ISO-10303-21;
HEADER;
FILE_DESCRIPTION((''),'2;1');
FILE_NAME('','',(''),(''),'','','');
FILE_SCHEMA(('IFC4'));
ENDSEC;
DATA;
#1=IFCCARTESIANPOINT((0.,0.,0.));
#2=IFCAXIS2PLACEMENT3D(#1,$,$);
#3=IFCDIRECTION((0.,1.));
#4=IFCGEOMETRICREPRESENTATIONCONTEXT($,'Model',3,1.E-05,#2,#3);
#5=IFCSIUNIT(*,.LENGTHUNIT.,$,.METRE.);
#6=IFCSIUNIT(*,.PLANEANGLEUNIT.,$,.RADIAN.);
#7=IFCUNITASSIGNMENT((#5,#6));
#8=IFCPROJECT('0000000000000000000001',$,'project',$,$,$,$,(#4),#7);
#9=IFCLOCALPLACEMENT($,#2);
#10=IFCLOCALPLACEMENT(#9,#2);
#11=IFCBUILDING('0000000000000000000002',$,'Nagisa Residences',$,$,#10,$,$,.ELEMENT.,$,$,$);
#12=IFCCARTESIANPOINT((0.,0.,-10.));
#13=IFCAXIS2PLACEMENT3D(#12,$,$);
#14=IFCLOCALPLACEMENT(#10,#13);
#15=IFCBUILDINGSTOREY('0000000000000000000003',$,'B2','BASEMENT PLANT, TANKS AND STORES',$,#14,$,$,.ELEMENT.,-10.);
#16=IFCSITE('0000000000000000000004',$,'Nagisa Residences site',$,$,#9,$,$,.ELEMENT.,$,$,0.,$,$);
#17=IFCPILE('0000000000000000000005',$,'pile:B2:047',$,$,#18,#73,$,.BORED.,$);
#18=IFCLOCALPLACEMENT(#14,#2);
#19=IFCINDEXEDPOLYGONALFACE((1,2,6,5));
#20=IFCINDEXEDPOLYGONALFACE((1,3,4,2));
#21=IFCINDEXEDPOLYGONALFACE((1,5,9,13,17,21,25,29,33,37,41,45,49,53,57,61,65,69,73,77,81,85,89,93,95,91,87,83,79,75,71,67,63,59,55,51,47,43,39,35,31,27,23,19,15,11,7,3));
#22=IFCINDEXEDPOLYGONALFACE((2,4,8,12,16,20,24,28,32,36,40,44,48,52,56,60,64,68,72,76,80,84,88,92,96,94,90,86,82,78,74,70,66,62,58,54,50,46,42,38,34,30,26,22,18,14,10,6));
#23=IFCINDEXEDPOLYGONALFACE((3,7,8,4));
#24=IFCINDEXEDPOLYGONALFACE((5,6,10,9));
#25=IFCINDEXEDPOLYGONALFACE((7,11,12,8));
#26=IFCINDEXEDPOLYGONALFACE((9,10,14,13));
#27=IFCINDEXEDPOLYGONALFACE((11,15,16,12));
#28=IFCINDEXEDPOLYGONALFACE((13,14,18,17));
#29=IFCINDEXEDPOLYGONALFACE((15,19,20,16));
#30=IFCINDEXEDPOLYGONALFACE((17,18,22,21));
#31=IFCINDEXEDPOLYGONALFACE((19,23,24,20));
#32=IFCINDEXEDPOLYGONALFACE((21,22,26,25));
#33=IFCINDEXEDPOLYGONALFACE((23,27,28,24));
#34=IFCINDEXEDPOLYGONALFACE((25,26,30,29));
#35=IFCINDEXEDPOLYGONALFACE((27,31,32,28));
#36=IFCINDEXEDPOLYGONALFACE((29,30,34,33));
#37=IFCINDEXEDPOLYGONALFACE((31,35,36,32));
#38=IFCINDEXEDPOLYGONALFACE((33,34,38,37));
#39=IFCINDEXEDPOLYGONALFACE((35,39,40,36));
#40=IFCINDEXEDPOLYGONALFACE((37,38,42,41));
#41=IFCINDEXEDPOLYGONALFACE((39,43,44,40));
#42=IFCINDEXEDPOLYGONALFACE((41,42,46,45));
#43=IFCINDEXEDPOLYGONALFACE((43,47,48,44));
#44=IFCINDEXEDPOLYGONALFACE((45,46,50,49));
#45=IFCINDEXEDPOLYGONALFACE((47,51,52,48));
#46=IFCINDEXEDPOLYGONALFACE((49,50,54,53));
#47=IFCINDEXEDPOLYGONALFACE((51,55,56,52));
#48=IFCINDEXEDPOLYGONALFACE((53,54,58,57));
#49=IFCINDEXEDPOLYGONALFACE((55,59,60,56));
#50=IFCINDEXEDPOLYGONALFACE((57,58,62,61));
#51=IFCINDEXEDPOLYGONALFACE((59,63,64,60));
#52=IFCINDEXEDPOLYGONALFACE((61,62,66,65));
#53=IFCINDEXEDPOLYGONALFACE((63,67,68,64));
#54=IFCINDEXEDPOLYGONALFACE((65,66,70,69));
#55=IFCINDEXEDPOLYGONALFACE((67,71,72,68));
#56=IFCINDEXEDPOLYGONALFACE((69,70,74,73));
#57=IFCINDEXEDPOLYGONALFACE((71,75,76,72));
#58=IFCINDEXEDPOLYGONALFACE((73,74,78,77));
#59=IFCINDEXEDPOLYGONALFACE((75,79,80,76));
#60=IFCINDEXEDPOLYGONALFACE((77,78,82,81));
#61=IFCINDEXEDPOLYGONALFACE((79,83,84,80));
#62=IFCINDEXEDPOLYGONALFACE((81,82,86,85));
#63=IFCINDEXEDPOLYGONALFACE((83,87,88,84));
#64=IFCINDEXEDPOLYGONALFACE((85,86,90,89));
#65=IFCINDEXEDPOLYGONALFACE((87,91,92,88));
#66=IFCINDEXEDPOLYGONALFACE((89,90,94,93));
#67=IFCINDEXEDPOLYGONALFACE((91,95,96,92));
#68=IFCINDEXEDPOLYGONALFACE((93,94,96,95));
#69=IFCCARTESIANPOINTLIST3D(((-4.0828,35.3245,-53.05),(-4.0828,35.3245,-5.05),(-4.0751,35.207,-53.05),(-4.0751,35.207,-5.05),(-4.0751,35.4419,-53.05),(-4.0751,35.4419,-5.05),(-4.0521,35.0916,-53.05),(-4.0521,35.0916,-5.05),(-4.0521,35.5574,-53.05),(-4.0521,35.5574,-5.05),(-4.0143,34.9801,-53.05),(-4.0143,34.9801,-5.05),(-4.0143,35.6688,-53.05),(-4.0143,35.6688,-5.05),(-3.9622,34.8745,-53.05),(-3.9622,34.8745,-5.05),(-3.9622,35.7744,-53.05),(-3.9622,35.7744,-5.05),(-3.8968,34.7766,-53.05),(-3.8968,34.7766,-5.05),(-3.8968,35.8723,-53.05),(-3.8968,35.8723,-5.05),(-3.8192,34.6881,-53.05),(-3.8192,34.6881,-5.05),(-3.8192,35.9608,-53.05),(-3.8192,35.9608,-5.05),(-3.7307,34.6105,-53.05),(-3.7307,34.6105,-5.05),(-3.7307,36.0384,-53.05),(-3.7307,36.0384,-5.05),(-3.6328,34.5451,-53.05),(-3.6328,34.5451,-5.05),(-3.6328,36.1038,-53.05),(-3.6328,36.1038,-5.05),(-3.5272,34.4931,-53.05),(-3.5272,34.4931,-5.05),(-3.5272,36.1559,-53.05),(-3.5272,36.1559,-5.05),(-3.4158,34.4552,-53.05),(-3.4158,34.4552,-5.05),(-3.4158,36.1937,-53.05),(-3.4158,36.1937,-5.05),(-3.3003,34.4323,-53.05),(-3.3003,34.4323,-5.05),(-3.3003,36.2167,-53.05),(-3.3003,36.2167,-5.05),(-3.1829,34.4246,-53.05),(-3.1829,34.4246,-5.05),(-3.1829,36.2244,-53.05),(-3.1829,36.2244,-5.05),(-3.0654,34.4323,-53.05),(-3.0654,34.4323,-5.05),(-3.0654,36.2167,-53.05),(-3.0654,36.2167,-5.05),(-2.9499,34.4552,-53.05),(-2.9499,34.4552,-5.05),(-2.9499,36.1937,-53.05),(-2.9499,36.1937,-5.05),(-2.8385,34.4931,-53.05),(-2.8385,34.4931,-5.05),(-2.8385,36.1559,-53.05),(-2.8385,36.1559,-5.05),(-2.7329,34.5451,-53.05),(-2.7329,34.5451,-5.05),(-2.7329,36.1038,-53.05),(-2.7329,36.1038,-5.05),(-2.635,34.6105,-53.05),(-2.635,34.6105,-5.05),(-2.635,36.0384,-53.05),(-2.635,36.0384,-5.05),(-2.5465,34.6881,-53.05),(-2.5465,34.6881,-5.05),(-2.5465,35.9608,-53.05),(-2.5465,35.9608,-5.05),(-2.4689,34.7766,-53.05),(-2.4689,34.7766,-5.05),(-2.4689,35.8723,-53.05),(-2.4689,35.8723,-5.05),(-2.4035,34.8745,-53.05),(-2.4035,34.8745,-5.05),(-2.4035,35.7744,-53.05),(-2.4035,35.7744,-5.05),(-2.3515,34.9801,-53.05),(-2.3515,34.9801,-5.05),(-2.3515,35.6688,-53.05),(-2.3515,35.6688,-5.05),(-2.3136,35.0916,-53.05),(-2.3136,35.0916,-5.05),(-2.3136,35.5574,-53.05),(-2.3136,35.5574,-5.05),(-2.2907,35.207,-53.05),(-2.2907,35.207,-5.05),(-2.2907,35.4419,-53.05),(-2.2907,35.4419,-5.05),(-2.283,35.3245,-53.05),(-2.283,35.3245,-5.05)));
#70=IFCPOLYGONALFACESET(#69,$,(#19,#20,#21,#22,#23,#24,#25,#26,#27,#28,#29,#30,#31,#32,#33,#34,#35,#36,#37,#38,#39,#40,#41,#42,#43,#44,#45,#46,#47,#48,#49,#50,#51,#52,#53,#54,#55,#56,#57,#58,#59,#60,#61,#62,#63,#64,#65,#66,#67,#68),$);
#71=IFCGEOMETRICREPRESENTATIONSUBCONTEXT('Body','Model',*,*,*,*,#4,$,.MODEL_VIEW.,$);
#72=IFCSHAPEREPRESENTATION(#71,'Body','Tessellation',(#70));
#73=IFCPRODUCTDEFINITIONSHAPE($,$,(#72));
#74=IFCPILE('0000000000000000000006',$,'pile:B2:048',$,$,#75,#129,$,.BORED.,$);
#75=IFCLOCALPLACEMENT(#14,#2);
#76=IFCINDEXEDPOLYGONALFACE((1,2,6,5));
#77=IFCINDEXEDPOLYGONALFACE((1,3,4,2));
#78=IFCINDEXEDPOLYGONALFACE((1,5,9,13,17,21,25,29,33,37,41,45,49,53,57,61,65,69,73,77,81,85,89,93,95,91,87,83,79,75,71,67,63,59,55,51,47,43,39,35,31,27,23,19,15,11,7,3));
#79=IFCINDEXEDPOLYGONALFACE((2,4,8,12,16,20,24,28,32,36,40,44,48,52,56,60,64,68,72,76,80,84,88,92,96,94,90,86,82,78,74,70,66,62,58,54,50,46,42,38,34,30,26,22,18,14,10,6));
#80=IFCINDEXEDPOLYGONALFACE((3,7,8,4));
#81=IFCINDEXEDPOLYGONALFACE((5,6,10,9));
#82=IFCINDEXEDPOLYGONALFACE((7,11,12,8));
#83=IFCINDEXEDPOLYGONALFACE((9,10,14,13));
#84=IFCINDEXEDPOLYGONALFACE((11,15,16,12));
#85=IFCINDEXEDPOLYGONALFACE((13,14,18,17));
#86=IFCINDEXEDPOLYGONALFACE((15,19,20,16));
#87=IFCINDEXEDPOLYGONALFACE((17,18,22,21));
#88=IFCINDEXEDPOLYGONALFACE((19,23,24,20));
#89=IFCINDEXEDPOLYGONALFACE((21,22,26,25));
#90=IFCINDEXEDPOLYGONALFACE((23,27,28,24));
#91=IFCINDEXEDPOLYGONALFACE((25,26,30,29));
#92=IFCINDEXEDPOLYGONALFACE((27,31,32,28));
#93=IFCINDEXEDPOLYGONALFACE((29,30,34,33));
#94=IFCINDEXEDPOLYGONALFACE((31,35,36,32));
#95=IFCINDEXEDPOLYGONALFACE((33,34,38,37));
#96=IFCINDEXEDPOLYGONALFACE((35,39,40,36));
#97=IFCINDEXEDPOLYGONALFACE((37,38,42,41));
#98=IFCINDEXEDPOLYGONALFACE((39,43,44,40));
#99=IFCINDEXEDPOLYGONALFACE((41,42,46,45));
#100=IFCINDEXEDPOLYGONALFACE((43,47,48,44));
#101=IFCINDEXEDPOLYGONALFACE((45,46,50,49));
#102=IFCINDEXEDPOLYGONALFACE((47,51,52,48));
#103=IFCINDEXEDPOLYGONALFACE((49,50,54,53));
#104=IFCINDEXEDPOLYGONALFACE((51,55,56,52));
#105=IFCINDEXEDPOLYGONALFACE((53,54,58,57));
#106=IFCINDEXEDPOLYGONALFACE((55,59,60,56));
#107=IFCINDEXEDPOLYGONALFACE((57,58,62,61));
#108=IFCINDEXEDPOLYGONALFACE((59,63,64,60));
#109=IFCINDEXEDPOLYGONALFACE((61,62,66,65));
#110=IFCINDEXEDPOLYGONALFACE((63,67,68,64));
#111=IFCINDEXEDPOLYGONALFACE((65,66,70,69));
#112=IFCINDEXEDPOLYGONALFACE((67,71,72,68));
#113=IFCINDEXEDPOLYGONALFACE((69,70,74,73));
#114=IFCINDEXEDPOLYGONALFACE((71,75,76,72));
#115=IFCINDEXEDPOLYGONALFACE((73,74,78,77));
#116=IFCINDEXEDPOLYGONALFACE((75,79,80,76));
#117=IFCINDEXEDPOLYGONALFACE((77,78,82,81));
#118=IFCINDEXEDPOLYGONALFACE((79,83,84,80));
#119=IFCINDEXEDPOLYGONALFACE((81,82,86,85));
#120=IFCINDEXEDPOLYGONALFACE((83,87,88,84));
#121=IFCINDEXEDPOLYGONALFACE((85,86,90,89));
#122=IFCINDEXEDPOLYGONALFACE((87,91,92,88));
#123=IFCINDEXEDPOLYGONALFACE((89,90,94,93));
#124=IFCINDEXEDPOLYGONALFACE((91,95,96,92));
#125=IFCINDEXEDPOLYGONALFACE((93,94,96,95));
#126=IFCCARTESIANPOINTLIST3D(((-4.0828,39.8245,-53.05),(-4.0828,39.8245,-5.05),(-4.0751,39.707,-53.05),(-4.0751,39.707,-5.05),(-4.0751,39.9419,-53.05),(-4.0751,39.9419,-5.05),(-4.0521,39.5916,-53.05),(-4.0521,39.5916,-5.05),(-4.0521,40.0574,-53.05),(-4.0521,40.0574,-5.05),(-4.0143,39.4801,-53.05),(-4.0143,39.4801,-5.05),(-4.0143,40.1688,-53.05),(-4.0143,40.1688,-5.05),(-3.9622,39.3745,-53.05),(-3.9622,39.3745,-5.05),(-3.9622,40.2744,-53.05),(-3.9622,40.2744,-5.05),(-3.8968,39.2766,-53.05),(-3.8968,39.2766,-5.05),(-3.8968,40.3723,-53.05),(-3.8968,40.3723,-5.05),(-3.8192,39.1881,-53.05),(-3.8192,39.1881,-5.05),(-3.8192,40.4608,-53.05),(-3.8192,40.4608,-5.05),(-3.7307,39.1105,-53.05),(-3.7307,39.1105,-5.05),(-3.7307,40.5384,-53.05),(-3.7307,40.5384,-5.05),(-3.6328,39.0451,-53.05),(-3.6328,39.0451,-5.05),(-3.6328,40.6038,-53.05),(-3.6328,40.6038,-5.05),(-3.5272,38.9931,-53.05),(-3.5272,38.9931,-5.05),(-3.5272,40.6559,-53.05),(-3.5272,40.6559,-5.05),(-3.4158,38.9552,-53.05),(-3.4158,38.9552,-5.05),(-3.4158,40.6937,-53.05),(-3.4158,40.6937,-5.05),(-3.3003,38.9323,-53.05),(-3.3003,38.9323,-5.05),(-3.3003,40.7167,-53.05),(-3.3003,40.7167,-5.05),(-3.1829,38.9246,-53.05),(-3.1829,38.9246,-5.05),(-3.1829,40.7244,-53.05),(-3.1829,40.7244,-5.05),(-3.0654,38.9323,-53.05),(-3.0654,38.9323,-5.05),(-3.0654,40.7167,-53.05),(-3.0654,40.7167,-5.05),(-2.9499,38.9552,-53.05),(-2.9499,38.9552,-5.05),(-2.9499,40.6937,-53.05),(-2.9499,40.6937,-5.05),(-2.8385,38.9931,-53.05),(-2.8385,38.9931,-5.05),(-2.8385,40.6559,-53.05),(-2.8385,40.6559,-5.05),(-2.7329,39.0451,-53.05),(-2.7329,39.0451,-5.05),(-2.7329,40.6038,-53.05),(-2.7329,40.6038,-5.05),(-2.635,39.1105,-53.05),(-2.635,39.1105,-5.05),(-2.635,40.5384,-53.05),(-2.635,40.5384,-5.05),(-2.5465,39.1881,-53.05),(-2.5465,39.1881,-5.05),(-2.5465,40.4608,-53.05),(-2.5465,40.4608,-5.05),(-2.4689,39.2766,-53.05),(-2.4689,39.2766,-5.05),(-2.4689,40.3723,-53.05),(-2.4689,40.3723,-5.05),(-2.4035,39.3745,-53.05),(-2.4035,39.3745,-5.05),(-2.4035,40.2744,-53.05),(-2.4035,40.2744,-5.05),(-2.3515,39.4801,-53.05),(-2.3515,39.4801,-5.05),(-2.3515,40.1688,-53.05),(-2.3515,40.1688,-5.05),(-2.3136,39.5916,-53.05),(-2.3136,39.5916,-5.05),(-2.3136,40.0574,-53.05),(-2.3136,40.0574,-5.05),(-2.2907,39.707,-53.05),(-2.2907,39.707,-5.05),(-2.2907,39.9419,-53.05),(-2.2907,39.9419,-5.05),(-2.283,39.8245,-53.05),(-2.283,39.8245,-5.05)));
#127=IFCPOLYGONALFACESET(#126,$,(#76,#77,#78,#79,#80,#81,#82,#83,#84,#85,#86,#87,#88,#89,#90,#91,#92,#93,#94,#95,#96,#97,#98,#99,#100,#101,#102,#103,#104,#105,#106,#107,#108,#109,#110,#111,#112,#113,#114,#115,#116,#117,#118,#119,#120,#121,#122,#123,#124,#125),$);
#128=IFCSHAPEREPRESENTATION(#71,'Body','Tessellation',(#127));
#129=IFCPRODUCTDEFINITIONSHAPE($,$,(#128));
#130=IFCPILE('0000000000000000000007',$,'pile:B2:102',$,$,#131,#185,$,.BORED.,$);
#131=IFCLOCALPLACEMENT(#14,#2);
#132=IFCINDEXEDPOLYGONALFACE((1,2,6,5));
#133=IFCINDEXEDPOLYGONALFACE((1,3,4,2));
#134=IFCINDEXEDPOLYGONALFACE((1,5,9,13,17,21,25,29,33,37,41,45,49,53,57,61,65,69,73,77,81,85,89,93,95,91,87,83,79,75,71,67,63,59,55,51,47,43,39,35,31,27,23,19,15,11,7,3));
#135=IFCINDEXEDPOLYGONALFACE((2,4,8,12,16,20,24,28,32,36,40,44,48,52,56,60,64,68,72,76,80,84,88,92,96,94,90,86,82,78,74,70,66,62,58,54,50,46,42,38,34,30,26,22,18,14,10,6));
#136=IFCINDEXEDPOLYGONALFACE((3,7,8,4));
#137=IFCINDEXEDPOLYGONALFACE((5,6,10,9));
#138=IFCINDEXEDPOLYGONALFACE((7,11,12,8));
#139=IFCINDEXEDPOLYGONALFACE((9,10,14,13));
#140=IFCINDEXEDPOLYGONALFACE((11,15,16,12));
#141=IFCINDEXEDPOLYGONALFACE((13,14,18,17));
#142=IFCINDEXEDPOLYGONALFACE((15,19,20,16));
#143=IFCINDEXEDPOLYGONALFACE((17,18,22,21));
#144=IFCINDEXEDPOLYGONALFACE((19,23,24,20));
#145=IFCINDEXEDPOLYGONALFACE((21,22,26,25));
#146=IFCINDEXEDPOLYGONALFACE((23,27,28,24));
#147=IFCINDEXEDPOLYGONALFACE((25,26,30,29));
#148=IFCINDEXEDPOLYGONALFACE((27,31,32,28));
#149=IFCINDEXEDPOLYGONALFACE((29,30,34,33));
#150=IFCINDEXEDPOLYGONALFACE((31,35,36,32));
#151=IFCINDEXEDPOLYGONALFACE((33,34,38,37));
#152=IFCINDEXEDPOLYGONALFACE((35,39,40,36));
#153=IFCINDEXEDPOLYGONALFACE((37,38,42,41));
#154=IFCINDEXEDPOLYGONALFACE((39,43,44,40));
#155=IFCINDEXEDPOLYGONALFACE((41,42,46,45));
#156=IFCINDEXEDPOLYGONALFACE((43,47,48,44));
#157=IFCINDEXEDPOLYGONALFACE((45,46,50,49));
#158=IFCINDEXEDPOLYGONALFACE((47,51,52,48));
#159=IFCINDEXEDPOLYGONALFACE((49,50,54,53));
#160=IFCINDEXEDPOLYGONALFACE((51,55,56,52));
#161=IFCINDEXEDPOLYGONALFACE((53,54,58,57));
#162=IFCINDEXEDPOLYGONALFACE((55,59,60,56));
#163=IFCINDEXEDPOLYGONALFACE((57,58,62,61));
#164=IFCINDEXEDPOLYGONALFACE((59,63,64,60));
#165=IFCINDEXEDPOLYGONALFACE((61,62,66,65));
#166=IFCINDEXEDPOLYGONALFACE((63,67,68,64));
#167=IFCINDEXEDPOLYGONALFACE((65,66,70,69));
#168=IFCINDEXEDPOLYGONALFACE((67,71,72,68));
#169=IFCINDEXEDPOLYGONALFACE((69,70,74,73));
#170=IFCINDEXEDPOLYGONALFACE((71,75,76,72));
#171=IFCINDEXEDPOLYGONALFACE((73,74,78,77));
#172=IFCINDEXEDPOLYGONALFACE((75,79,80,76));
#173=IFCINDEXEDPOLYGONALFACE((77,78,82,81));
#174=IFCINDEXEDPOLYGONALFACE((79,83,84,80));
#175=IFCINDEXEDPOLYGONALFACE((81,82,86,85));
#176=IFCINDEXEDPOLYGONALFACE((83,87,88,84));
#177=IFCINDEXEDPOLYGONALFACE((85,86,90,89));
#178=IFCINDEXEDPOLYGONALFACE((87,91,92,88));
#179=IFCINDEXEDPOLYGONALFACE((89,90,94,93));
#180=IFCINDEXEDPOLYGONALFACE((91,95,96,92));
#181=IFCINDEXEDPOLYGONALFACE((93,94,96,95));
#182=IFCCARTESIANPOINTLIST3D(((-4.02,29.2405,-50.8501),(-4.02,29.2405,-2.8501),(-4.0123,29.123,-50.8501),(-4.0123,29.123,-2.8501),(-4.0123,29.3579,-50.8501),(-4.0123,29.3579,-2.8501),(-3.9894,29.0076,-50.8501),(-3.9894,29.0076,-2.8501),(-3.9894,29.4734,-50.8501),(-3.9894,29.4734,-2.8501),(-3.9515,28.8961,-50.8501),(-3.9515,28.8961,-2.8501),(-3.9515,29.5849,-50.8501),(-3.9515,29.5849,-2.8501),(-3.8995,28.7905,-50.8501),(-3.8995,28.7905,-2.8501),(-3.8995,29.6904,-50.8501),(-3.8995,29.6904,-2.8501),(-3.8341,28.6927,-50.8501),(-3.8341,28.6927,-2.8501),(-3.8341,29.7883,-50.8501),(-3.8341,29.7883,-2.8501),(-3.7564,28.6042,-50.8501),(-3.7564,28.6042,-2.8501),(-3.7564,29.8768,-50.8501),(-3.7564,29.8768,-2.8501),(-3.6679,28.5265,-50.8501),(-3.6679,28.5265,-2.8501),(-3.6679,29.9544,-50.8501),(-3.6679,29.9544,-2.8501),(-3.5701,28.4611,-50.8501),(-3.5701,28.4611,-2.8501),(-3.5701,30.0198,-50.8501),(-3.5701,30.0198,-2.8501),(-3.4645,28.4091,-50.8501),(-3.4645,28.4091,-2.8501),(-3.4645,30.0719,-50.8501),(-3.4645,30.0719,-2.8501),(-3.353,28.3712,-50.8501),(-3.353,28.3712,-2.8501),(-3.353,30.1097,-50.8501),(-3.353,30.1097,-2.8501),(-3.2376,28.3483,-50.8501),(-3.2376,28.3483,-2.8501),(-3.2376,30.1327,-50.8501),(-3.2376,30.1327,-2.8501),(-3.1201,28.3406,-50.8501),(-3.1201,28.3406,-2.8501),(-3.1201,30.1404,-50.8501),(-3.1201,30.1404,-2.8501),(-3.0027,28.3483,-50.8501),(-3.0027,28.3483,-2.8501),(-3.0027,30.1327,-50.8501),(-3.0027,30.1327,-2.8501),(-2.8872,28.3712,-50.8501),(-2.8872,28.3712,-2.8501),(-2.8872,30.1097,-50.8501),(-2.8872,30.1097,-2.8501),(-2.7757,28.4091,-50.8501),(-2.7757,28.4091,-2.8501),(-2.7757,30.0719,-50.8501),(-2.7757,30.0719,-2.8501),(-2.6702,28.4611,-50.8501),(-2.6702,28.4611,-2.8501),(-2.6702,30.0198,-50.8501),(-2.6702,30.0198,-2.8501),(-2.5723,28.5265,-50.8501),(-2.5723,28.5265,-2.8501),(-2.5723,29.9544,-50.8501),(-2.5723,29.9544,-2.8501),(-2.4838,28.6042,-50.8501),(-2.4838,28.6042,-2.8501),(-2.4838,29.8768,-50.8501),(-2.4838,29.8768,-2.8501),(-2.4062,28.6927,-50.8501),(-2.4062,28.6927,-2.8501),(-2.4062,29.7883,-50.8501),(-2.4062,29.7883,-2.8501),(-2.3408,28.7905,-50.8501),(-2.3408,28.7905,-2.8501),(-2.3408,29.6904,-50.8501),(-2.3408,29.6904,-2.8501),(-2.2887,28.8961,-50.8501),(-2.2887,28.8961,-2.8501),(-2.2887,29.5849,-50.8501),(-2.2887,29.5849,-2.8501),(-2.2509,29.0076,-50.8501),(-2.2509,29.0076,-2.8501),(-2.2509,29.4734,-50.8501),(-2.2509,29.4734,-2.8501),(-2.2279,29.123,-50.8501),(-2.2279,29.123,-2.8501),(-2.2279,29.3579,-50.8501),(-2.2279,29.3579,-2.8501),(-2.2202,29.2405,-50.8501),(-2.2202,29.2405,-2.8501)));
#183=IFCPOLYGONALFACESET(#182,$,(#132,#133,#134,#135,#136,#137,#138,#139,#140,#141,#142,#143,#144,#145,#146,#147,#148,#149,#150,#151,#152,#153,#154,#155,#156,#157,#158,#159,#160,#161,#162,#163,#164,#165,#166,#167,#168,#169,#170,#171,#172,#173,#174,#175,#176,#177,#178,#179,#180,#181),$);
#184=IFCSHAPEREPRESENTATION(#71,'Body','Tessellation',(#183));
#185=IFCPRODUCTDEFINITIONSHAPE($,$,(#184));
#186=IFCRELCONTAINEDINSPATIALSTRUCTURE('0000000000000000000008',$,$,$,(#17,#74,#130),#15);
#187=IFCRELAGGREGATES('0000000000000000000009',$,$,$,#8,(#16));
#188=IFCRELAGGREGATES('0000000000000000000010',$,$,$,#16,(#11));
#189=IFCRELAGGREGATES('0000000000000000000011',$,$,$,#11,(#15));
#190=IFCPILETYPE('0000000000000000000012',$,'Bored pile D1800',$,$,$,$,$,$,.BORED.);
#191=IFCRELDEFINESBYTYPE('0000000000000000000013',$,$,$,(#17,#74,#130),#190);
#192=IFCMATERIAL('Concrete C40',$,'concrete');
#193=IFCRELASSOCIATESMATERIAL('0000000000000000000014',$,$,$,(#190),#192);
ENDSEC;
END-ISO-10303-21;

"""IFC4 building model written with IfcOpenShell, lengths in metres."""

from ifc_helpers import new_model, si_unit, direction, frame, origin, origin_2d, place, context, subcontext, project, spatial, circle, extrude, material, material_profile, profile_set, type_object, element, save


model = new_model("IFC4")

# Units and contexts
model_context = context("Model", 3, precision=1e-05, world=origin(), true_north=direction((0.0, 1.0)))
body_context = subcontext(model_context, "Body", "Model", "MODEL_VIEW")
ifc_project = project(units=[si_unit("LENGTHUNIT", "METRE"), si_unit("PLANEANGLEUNIT", "RADIAN")], contexts=[model_context])

# Site, building, storey
site_placement = place(None, origin())
site = spatial("IfcSite", under=ifc_project, at=site_placement, Name="Nagisa Residences site", CompositionType="ELEMENT", RefElevation=0.0)
building_placement = place(site_placement, origin())
building = spatial("IfcBuilding", under=site, at=building_placement, Name="Nagisa Residences", CompositionType="ELEMENT")
storey_placement = place(building_placement, frame((0.0, 0.0, -10.0)))
storey = spatial("IfcBuildingStorey", under=building, at=storey_placement, Name="B2", Description="BASEMENT PLANT, TANKS AND STORES", CompositionType="ELEMENT", Elevation=-10.0)

# Piles
ifc_material_1 = material(Name="Concrete C40", Category="concrete")
ifc_material_profile_1 = material_profile(ifc_material_1, circle(Radius=0.8999, at=origin_2d()), Name="Bored pile D1800")
ifc_profile_set_1 = profile_set([ifc_material_profile_1], Name="Concrete C40")
pile_type = type_object("IfcPileType", Name="Bored pile D1800", PredefinedType="BORED", material=ifc_profile_set_1)
for number, where, z_axis, x_axis, name in (
    (1, (-3.1829, 35.3245, -5.05), (0.0, 0.0, -1.0), (1.0, 0.0, 0.0), "pile:B2:047"),
    (2, (-3.1829, 39.8245, -5.05), (0.0, 0.0, -1.0), (1.0, 0.0, 0.0), "pile:B2:048"),
    (3, (-3.1201, 29.2405, -2.8501), (0.0, 0.0, -1.0), (1.0, 0.0, 0.0), "pile:B2:102"),
):
    element("IfcPile", number, at=place(storey_placement, frame(where, z_axis=z_axis, x_axis=x_axis)), inside=storey, type_object=pile_type, Name=name, PredefinedType="BORED", context=body_context, shape_type="SweptSolid", body=[
        extrude(circle(Radius=0.8999, at=origin_2d()), origin(), (0.0, 0.0, 1.0), 48.0),
    ])

save(model, "model.ifc")
